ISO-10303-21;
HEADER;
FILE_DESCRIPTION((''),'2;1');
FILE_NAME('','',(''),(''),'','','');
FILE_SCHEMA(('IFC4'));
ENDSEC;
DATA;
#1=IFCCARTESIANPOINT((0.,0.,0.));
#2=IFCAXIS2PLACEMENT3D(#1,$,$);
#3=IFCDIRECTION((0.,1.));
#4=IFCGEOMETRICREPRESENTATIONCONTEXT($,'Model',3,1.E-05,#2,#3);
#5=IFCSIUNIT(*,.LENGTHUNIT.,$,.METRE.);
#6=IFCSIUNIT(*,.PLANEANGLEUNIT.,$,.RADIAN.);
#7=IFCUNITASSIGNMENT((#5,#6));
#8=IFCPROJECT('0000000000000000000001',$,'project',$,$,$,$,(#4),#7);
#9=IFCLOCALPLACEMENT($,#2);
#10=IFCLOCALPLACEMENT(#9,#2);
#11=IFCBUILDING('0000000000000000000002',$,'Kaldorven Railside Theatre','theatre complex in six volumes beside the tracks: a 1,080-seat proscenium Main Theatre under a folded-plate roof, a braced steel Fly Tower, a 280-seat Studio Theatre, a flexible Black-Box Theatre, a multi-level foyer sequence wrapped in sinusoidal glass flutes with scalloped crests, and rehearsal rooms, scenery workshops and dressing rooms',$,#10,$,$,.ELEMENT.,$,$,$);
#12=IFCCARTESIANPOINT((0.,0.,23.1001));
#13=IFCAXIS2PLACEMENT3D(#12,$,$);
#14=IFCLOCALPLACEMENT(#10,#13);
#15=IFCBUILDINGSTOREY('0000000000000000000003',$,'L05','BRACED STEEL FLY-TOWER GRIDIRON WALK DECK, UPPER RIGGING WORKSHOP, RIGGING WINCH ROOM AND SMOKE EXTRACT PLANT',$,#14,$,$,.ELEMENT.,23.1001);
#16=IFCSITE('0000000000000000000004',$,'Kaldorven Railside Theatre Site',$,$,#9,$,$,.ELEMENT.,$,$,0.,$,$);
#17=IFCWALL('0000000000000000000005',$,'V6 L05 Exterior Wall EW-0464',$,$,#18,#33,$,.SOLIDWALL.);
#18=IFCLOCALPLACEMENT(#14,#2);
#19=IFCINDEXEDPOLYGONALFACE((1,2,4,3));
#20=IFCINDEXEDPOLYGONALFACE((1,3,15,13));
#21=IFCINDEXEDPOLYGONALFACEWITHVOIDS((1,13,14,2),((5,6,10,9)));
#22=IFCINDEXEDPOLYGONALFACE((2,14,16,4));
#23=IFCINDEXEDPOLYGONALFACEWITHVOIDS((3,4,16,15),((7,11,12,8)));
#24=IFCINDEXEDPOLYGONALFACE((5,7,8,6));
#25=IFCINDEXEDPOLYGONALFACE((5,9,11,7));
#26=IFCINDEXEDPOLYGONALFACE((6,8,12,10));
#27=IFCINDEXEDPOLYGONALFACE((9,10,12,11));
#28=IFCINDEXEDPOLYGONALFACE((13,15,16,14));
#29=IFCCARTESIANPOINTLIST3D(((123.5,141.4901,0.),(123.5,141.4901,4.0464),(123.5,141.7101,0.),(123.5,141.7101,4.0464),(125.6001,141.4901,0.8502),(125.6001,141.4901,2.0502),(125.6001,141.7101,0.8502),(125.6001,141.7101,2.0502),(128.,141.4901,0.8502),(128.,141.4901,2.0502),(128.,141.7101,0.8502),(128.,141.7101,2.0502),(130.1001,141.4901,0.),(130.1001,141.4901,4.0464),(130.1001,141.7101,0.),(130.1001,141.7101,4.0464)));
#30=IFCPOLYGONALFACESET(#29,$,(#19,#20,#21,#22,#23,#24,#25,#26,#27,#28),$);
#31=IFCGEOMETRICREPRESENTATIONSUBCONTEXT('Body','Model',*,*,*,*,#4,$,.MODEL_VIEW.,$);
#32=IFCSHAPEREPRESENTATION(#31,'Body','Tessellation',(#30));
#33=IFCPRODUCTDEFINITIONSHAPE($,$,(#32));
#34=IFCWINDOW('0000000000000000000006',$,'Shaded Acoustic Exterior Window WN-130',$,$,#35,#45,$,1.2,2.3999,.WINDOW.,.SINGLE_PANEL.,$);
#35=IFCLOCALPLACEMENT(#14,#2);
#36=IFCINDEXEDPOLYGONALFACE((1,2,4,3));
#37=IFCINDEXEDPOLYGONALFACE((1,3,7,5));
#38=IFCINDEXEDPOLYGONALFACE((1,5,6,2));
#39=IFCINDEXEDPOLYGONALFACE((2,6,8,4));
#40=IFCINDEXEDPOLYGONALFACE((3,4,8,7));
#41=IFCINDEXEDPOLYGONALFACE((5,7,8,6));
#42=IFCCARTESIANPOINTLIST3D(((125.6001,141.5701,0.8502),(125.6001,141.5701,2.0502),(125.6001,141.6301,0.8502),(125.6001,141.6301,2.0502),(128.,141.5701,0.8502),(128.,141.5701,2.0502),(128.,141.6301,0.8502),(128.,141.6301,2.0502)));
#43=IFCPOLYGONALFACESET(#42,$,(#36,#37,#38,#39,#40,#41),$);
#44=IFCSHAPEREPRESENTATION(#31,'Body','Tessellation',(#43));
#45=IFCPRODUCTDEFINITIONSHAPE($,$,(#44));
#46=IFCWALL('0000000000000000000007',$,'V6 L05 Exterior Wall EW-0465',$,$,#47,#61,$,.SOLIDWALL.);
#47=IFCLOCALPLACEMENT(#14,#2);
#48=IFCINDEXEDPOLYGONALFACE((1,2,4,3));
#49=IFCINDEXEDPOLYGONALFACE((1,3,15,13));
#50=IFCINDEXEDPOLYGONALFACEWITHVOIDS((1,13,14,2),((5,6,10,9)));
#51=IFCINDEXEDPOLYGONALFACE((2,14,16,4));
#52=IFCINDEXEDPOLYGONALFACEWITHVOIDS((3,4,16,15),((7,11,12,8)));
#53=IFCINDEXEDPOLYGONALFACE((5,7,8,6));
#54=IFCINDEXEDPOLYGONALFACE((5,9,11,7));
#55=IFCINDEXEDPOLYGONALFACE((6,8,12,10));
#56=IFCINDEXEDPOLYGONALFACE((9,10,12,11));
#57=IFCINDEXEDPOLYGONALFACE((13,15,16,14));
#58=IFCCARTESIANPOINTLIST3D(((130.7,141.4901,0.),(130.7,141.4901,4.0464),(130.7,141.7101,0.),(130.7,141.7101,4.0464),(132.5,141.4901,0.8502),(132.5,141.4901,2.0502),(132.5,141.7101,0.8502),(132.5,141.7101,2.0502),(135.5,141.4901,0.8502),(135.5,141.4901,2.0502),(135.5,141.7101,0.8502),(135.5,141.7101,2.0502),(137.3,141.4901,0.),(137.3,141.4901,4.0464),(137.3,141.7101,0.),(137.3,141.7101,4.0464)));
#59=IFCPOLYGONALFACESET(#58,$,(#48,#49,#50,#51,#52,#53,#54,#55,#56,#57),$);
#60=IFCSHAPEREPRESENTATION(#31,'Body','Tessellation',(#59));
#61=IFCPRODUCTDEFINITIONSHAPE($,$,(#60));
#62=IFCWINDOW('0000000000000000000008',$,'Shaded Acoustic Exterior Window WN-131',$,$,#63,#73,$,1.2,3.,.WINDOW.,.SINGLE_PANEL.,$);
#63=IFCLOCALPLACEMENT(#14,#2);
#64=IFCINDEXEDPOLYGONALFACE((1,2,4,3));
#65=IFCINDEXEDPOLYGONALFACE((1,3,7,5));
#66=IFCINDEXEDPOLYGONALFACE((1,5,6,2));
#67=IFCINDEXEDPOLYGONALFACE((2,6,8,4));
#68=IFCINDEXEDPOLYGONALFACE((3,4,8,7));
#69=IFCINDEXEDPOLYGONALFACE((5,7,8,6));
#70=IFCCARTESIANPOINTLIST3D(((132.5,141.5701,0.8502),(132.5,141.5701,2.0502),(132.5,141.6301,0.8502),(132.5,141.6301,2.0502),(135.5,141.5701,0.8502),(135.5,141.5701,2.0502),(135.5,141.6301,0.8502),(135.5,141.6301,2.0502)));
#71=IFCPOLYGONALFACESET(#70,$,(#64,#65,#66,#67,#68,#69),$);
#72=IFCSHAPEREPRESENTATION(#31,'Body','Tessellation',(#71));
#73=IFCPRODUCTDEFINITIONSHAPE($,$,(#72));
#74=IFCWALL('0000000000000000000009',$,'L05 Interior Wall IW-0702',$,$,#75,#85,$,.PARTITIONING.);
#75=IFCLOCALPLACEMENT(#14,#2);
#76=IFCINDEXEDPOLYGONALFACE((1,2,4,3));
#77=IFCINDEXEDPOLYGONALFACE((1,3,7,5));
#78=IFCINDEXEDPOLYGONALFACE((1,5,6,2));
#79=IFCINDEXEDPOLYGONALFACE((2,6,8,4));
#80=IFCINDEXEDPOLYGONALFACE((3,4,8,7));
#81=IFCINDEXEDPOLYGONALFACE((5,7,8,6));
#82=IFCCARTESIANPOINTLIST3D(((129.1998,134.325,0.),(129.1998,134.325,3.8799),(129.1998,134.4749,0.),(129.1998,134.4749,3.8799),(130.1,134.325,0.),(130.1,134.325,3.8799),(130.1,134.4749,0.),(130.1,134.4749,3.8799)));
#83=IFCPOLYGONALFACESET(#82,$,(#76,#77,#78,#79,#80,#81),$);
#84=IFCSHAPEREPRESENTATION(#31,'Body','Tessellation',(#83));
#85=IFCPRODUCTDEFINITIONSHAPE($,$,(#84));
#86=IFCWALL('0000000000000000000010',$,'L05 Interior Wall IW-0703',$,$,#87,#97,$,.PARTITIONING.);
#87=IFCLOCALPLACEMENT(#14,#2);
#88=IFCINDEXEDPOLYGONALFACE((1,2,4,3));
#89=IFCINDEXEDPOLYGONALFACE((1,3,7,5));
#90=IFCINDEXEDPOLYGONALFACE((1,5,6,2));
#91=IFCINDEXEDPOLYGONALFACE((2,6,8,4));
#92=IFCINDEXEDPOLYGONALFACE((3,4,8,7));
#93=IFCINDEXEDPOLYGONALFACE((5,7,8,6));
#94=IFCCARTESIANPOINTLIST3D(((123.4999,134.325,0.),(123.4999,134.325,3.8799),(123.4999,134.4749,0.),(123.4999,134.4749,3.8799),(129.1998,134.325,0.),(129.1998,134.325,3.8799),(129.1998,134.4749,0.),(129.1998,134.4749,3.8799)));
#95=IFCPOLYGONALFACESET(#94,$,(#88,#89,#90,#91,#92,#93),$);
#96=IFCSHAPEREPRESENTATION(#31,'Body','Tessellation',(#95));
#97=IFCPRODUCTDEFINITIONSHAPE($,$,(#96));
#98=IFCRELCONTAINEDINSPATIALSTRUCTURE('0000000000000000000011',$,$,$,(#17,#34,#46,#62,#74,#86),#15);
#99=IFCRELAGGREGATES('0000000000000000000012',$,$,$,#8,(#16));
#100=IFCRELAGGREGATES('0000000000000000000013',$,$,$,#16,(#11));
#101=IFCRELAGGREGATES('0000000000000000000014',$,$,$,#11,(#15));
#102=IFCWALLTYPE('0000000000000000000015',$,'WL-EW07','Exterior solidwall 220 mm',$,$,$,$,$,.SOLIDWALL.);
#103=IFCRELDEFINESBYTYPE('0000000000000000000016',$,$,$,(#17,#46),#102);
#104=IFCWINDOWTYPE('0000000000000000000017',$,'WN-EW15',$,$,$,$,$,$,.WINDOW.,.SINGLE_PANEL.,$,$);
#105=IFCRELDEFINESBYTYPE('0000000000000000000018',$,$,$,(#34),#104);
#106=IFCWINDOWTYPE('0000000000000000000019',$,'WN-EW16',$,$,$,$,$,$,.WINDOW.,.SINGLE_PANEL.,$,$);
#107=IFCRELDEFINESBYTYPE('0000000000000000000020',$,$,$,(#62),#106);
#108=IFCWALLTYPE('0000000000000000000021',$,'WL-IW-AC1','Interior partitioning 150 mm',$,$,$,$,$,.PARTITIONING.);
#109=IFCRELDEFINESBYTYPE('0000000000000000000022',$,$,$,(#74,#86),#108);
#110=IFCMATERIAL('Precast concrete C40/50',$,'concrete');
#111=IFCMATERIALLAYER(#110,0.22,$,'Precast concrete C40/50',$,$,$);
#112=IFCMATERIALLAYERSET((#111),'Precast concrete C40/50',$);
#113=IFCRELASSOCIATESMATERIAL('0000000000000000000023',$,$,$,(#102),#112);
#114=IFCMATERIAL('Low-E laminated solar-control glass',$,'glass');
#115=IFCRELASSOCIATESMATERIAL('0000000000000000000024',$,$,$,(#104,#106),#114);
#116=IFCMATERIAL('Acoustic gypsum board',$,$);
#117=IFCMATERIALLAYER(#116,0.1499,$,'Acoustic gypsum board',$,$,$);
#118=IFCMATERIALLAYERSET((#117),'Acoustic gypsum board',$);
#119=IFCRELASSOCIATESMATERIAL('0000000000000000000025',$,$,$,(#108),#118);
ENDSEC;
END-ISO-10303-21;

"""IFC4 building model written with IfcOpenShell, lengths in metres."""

from ifc_helpers import new_model, si_unit, direction, frame, frame_2d, origin, place, context, subcontext, project, spatial, rectangle, extrude, material, layer, layer_set, type_object, element, fill, save


model = new_model("IFC4")

# Units and contexts
model_context = context("Model", 3, precision=1e-05, world=origin(), true_north=direction((0.0, 1.0)))
body_context = subcontext(model_context, "Body", "Model", "MODEL_VIEW")
ifc_project = project(units=[si_unit("LENGTHUNIT", "METRE"), si_unit("PLANEANGLEUNIT", "RADIAN")], contexts=[model_context])

# Site, building, storey
site_placement = place(None, origin())
site = spatial("IfcSite", under=ifc_project, at=site_placement, Name="Kaldorven Railside Theatre Site", CompositionType="ELEMENT", RefElevation=0.0)
building_placement = place(site_placement, origin())
building = spatial("IfcBuilding", under=site, at=building_placement, Name="Kaldorven Railside Theatre", Description="theatre complex in six volumes beside the tracks: a 1,080-seat proscenium Main Theatre under a folded-plate roof, a braced steel Fly Tower, a 280-seat Studio Theatre, a flexible Black-Box Theatre, a multi-level foyer sequence wrapped in sinusoidal glass flutes with scalloped crests, and rehearsal rooms, scenery workshops and dressing rooms", CompositionType="ELEMENT")
storey_placement = place(building_placement, frame((0.0, 0.0, 23.1001)))
storey = spatial("IfcBuildingStorey", under=building, at=storey_placement, Name="L05", Description="BRACED STEEL FLY-TOWER GRIDIRON WALK DECK, UPPER RIGGING WORKSHOP, RIGGING WINCH ROOM AND SMOKE EXTRACT PLANT", CompositionType="ELEMENT", Elevation=23.1001)

# Walls, openings, windows
ifc_material_1 = material(Name="Precast concrete C40/50", Category="concrete")
ifc_layer_1 = layer(ifc_material_1, 0.22, Name="Precast concrete C40/50")
ifc_layer_set_1 = layer_set([ifc_layer_1], Name="Precast concrete C40/50")
wall_type_1 = type_object("IfcWallType", Name="WL-EW07", Description="Exterior solidwall 220 mm", PredefinedType="SOLIDWALL", material=ifc_layer_set_1)
ifc_material_2 = material(Name="Low-E laminated solar-control glass", Category="glass")
wall_1_placement = place(storey_placement, frame((123.5, 141.6001, 0.0), z_axis=(0.0, 0.0, 1.0), x_axis=(1.0, 0.0, 0.0)))
wall_1 = element("IfcWall", 1, at=wall_1_placement, inside=storey, type_object=wall_type_1, Name="V6 L05 Exterior Wall EW-0464", PredefinedType="SOLIDWALL", context=body_context, shape_type="SweptSolid", body=[
    extrude(rectangle(XDim=6.6001, YDim=0.22, at=frame_2d((3.3, 0.0))), origin(), (0.0, 0.0, 1.0), 4.0464),
])
opening_1_placement = place(wall_1_placement, frame((2.1001, 0.0, 0.8501)))
opening_1 = element("IfcOpeningElement", 2, at=opening_1_placement, cuts=wall_1, PredefinedType="OPENING", context=body_context, shape_type="SweptSolid", body=[
    extrude(rectangle(XDim=2.3999, YDim=1.2, at=frame_2d((1.2, 0.6001))), frame((0.0, 0.1201, 0.0), z_axis=(0.0, -1.0, 0.0), x_axis=(1.0, 0.0, 0.0)), (0.0, 0.0, 1.0), 0.24),
])
window_type_1 = type_object("IfcWindowType", Name="WN-EW15", PartitioningType="SINGLE_PANEL", PredefinedType="WINDOW", material=ifc_material_2)
window_1_placement = place(opening_1_placement, origin())
window_1 = element("IfcWindow", 3, at=window_1_placement, inside=storey, type_object=window_type_1, Name="Shaded Acoustic Exterior Window WN-130", OverallHeight=1.2, OverallWidth=2.3999, PartitioningType="SINGLE_PANEL", PredefinedType="WINDOW", context=body_context, shape_type="SweptSolid", body=[
    extrude(rectangle(XDim=2.3999, YDim=1.2, at=frame_2d((1.2, 0.6001))), frame((0.0, 0.03, 0.0), z_axis=(0.0, -1.0, 0.0), x_axis=(1.0, 0.0, 0.0)), (0.0, 0.0, 1.0), 0.0601),
])
fill(opening_1, window_1)
wall_2_placement = place(storey_placement, frame((130.7, 141.6001, 0.0), z_axis=(0.0, 0.0, 1.0), x_axis=(1.0, 0.0, 0.0)))
wall_2 = element("IfcWall", 4, at=wall_2_placement, inside=storey, type_object=wall_type_1, Name="V6 L05 Exterior Wall EW-0465", PredefinedType="SOLIDWALL", context=body_context, shape_type="SweptSolid", body=[
    extrude(rectangle(XDim=6.6001, YDim=0.22, at=frame_2d((3.3, 0.0))), origin(), (0.0, 0.0, 1.0), 4.0464),
])
opening_2_placement = place(wall_2_placement, frame((1.8, 0.0, 0.8501)))
opening_2 = element("IfcOpeningElement", 5, at=opening_2_placement, cuts=wall_2, PredefinedType="OPENING", context=body_context, shape_type="SweptSolid", body=[
    extrude(rectangle(XDim=3.0, YDim=1.2, at=frame_2d((1.5, 0.6001))), frame((0.0, 0.1201, 0.0), z_axis=(0.0, -1.0, 0.0), x_axis=(1.0, 0.0, 0.0)), (0.0, 0.0, 1.0), 0.24),
])
window_type_2 = type_object("IfcWindowType", Name="WN-EW16", PartitioningType="SINGLE_PANEL", PredefinedType="WINDOW", material=ifc_material_2)
window_2_placement = place(opening_2_placement, origin())
window_2 = element("IfcWindow", 6, at=window_2_placement, inside=storey, type_object=window_type_2, Name="Shaded Acoustic Exterior Window WN-131", OverallHeight=1.2, OverallWidth=3.0, PartitioningType="SINGLE_PANEL", PredefinedType="WINDOW", context=body_context, shape_type="SweptSolid", body=[
    extrude(rectangle(XDim=3.0, YDim=1.2, at=frame_2d((1.5, 0.6001))), frame((0.0, 0.03, 0.0), z_axis=(0.0, -1.0, 0.0), x_axis=(1.0, 0.0, 0.0)), (0.0, 0.0, 1.0), 0.0601),
])
fill(opening_2, window_2)

# Walls
ifc_material_3 = material(Name="Acoustic gypsum board")
ifc_layer_2 = layer(ifc_material_3, 0.1499, Name="Acoustic gypsum board")
ifc_layer_set_2 = layer_set([ifc_layer_2], Name="Acoustic gypsum board")
wall_type_2 = type_object("IfcWallType", Name="WL-IW-AC1", Description="Interior partitioning 150 mm", PredefinedType="PARTITIONING", material=ifc_layer_set_2)
wall_3_placement = place(storey_placement, frame((130.1001, 134.3999, 0.0), z_axis=(0.0, 0.0, 1.0), x_axis=(-1.0, 0.0, 0.0)))
element("IfcWall", 7, at=wall_3_placement, inside=storey, type_object=wall_type_2, Name="L05 Interior Wall IW-0702", PredefinedType="PARTITIONING", context=body_context, shape_type="SweptSolid", body=[
    extrude(rectangle(XDim=0.9001, YDim=0.1499, at=frame_2d((0.4502, 0.0))), origin(), (0.0, 0.0, 1.0), 3.8799),
])
wall_4_placement = place(storey_placement, frame((129.2, 134.3999, 0.0), z_axis=(0.0, 0.0, 1.0), x_axis=(-1.0, 0.0, 0.0)))
element("IfcWall", 8, at=wall_4_placement, inside=storey, type_object=wall_type_2, Name="L05 Interior Wall IW-0703", PredefinedType="PARTITIONING", context=body_context, shape_type="SweptSolid", body=[
    extrude(rectangle(XDim=5.7, YDim=0.1499, at=frame_2d((2.8501, 0.0))), origin(), (0.0, 0.0, 1.0), 3.8799),
])

save(model, "model.ifc")
